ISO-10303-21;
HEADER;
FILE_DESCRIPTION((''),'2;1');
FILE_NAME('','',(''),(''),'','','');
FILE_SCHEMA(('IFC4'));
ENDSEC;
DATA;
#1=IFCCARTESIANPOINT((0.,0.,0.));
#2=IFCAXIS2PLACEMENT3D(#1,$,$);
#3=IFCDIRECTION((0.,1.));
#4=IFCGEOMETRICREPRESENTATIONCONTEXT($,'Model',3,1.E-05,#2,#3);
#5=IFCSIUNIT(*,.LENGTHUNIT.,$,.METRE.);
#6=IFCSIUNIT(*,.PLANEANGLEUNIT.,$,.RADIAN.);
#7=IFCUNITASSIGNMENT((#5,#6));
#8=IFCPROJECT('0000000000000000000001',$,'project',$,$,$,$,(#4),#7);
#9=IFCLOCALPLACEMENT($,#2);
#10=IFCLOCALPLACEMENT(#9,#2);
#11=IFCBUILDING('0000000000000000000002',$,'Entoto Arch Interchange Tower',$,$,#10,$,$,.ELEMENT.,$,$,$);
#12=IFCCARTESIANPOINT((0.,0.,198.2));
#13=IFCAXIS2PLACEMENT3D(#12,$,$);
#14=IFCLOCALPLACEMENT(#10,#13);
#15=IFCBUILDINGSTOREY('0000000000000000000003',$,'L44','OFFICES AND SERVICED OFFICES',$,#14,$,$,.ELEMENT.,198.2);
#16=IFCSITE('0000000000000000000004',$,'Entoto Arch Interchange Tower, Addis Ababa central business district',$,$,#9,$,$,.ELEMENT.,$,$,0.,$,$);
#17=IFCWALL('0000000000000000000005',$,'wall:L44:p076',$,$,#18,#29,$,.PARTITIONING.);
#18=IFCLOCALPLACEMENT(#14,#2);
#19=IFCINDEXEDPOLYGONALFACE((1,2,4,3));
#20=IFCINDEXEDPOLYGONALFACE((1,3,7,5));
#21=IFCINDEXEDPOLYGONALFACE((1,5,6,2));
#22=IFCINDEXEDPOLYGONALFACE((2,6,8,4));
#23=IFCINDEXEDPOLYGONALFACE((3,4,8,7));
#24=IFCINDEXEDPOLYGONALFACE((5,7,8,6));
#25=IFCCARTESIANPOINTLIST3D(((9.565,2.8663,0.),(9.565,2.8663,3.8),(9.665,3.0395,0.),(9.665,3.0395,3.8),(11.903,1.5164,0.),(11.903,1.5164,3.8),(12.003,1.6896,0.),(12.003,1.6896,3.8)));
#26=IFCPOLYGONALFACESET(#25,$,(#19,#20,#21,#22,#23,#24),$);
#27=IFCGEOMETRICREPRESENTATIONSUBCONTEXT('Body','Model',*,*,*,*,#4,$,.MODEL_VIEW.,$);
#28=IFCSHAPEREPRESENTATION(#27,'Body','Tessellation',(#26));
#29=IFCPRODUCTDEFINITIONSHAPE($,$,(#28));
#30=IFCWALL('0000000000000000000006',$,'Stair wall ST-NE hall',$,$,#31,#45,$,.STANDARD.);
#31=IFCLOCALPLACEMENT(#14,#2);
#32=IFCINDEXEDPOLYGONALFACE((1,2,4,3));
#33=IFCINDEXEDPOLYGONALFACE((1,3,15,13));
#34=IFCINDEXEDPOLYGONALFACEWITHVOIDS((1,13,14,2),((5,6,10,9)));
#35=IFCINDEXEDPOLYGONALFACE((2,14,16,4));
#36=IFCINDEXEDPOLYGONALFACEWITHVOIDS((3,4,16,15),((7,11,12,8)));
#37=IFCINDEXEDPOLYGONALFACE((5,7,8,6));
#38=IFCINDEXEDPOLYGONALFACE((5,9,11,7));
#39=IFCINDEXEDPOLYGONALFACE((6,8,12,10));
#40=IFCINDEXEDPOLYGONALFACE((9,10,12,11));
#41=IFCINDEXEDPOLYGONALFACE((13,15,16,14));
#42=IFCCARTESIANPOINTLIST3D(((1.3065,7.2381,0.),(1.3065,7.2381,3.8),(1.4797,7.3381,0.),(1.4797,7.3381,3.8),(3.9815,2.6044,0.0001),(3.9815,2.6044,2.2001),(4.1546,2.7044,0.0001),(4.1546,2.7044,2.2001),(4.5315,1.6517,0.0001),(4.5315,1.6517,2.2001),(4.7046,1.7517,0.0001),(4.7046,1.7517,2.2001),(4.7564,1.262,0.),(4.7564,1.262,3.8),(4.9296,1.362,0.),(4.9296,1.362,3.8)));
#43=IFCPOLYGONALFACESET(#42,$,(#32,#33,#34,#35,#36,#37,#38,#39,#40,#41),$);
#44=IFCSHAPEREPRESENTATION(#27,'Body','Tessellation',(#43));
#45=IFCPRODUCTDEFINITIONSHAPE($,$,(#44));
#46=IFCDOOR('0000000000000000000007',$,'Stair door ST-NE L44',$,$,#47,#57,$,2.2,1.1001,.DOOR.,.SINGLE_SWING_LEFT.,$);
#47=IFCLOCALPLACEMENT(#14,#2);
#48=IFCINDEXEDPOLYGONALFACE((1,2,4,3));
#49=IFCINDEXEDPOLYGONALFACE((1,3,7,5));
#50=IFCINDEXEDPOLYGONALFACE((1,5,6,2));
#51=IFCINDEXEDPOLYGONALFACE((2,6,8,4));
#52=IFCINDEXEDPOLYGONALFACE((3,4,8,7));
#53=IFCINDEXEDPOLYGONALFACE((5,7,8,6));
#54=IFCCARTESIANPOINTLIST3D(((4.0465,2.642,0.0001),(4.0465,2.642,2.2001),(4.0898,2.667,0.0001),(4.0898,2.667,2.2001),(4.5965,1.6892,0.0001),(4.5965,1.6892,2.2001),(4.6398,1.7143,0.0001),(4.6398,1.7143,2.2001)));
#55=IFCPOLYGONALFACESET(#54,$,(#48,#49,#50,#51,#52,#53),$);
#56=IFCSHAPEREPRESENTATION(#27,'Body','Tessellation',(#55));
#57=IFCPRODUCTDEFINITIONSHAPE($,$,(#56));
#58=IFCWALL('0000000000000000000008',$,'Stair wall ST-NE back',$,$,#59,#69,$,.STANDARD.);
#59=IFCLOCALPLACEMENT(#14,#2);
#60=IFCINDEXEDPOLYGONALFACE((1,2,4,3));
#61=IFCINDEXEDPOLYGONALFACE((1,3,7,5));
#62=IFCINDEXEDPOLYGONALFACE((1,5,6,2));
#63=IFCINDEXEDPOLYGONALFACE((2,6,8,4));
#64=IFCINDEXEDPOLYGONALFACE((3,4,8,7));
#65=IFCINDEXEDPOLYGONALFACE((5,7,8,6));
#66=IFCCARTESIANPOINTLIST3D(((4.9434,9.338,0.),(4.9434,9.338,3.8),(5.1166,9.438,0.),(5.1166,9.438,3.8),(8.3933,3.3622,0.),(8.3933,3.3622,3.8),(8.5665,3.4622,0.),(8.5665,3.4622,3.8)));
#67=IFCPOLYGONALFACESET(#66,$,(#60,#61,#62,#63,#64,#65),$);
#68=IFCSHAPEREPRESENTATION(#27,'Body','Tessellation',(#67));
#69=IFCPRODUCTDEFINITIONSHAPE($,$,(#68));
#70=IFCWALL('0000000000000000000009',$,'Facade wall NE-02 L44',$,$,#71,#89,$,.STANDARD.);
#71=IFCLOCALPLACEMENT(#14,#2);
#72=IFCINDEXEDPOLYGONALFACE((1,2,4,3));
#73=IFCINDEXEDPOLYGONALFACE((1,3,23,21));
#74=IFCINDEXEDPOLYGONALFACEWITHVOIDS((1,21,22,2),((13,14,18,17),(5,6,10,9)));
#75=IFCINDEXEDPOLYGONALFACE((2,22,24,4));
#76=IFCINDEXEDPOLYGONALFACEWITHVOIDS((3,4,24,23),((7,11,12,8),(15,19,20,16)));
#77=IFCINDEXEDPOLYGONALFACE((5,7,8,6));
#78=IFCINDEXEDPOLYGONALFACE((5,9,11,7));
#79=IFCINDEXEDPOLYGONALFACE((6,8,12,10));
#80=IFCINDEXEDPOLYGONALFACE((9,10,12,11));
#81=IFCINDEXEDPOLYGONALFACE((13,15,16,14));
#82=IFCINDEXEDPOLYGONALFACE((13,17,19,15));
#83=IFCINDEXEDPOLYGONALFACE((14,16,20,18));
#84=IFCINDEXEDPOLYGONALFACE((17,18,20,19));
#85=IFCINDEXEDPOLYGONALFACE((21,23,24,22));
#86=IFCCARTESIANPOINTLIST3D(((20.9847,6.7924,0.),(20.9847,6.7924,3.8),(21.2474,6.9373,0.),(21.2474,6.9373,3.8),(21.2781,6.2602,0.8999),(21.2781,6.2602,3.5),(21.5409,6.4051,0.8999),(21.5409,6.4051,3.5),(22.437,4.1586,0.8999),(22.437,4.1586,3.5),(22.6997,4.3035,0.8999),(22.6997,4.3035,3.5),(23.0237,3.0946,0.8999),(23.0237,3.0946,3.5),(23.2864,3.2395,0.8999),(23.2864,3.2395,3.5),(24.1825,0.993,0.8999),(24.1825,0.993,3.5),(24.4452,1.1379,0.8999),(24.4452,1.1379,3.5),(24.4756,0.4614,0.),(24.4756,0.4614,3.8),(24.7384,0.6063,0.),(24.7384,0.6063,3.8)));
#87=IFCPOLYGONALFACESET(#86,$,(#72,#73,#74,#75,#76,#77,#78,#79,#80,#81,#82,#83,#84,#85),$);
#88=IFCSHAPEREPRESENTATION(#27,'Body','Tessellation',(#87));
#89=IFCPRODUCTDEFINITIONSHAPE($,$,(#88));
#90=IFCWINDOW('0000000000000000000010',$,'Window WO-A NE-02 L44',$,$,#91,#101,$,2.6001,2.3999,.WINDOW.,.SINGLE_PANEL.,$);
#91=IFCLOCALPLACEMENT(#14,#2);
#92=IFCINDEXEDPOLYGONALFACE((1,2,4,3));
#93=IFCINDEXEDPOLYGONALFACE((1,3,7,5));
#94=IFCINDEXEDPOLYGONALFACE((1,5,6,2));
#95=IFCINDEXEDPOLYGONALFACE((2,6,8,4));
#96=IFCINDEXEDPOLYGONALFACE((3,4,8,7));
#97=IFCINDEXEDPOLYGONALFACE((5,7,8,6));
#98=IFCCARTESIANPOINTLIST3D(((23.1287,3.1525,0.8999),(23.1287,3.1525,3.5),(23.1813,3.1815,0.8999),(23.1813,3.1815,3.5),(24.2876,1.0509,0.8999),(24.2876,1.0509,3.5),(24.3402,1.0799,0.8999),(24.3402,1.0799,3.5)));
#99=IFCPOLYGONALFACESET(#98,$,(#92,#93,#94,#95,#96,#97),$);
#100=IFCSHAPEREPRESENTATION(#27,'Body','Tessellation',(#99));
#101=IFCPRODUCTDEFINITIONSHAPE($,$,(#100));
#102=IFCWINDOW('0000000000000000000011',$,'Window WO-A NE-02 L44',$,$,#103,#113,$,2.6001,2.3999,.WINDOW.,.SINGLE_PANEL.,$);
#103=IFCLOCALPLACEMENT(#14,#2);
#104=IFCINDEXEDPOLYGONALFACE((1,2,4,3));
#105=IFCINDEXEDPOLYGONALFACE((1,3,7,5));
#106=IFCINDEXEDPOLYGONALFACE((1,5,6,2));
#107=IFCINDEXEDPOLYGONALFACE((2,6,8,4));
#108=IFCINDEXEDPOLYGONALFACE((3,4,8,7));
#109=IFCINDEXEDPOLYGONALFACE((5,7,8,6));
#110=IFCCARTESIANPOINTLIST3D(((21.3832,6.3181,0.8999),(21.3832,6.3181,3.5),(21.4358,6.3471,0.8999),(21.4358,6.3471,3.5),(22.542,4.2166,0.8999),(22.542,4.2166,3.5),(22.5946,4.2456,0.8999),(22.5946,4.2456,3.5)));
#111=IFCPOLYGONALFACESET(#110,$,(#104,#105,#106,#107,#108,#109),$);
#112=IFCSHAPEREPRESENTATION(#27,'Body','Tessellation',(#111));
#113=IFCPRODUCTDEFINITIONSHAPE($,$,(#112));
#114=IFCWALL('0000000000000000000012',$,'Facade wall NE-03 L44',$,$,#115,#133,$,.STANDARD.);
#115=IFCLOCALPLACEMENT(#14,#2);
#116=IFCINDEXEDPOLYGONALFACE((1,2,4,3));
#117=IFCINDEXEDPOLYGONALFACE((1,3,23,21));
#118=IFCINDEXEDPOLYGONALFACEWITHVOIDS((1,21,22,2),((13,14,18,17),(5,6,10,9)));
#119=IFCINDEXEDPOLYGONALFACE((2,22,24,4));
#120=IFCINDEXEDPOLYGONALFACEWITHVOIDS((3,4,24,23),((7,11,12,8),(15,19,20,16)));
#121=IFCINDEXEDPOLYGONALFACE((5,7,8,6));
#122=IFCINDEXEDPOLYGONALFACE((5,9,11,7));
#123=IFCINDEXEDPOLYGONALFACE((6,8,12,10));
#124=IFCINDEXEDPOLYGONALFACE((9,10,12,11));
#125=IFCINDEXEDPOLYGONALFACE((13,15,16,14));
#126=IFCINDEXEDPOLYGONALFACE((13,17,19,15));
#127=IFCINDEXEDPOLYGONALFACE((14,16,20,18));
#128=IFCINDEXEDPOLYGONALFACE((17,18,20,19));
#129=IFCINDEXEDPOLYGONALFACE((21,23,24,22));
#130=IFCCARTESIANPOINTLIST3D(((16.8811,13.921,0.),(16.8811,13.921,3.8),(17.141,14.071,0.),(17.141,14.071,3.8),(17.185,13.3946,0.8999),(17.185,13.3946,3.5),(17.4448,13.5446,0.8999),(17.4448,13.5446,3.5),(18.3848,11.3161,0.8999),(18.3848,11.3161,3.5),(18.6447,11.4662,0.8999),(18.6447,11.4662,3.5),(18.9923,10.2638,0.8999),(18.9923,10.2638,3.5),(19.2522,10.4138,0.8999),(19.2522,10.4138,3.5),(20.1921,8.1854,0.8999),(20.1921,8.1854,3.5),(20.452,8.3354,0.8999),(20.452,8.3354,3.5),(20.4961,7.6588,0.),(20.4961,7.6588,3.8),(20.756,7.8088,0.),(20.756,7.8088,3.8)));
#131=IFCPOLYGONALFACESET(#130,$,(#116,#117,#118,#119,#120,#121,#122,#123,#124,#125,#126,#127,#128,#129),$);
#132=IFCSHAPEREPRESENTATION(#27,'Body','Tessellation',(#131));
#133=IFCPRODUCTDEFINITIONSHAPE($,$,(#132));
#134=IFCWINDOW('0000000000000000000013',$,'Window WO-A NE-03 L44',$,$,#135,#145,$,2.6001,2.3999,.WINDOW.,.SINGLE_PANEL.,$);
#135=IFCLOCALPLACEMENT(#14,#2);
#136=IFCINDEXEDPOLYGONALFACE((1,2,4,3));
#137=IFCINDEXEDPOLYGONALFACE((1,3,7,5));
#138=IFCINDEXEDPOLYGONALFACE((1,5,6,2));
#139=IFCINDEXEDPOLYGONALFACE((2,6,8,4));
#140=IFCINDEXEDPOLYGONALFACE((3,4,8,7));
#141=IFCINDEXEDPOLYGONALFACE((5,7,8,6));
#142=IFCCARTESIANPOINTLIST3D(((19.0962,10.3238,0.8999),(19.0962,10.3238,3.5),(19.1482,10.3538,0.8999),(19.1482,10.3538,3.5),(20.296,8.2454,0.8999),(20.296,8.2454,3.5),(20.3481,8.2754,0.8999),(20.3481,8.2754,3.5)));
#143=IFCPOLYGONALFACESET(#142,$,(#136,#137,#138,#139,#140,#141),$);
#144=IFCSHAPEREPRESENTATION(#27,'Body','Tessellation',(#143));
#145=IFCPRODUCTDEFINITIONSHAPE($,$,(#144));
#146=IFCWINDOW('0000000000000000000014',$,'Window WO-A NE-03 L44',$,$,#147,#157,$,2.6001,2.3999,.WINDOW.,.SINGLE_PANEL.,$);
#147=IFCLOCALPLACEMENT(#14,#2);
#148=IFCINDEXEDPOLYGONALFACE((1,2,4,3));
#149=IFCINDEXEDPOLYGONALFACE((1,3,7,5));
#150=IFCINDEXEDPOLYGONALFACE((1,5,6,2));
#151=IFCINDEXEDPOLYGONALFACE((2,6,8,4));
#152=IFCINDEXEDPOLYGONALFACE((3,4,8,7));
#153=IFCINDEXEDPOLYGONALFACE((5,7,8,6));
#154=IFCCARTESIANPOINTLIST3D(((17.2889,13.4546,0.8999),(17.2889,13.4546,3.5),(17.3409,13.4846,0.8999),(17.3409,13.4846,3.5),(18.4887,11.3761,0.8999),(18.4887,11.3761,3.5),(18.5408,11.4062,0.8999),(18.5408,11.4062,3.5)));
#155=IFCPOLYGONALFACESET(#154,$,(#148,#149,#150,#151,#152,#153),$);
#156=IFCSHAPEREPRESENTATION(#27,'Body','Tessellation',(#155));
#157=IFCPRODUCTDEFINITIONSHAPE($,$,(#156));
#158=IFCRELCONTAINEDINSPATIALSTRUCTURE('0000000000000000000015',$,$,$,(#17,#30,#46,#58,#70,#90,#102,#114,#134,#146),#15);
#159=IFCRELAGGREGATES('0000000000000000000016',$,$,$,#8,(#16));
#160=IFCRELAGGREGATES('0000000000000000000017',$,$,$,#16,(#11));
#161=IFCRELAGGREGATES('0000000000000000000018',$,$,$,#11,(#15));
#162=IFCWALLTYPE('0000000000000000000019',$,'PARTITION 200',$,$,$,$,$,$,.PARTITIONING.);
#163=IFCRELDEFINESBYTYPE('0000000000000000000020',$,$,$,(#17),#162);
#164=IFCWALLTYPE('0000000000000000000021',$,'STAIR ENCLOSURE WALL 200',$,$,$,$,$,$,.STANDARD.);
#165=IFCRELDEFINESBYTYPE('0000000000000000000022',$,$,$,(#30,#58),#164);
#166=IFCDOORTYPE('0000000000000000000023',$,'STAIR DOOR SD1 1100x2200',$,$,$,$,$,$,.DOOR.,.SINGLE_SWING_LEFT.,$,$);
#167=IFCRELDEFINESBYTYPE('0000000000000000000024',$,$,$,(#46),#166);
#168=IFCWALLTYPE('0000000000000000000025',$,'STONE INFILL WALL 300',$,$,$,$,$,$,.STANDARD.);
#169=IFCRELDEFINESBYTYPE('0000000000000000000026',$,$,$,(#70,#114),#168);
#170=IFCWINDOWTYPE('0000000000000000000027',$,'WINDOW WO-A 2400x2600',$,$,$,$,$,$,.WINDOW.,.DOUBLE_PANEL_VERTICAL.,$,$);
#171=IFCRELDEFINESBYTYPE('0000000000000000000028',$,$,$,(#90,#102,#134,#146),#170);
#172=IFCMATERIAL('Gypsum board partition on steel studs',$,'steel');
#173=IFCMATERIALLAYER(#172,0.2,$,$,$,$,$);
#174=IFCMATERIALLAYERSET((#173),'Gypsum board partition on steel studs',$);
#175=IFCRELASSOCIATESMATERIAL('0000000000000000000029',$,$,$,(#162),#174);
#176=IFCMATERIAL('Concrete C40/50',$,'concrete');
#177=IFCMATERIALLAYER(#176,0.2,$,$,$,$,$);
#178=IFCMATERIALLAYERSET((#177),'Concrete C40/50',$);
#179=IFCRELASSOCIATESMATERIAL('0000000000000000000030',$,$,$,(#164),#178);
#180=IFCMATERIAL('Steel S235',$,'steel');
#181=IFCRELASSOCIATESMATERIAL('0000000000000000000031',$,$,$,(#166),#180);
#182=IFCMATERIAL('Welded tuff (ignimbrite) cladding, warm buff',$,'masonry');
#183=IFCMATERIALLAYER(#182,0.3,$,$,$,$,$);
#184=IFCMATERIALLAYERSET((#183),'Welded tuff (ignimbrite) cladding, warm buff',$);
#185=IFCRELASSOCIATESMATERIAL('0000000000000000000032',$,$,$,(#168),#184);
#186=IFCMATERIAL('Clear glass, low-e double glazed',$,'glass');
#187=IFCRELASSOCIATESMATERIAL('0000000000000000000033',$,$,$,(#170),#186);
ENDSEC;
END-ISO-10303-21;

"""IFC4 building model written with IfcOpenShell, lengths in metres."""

from ifc_helpers import new_model, si_unit, direction, frame, frame_2d, origin, place, context, subcontext, project, spatial, rectangle, extrude, material, layer, layer_set, type_object, element, fill, save


model = new_model("IFC4")

# Units and contexts
model_context = context("Model", 3, precision=1e-05, world=origin(), true_north=direction((0.0, 1.0)))
body_context = subcontext(model_context, "Body", "Model", "MODEL_VIEW")
ifc_project = project(units=[si_unit("LENGTHUNIT", "METRE"), si_unit("PLANEANGLEUNIT", "RADIAN")], contexts=[model_context])

# Site, building, storey
site_placement = place(None, origin())
site = spatial("IfcSite", under=ifc_project, at=site_placement, Name="Entoto Arch Interchange Tower, Addis Ababa central business district", CompositionType="ELEMENT", RefElevation=0.0)
building_placement = place(site_placement, origin())
building = spatial("IfcBuilding", under=site, at=building_placement, Name="Entoto Arch Interchange Tower", CompositionType="ELEMENT")
storey_placement = place(building_placement, frame((0.0, 0.0, 198.2)))
storey = spatial("IfcBuildingStorey", under=building, at=storey_placement, Name="L44", Description="OFFICES AND SERVICED OFFICES", CompositionType="ELEMENT", Elevation=198.2)

# Shared definitions
ifc_material_1 = material(Name="Concrete C40/50", Category="concrete")
ifc_material_2 = material(Name="Gypsum board partition on steel studs", Category="steel")

# Shared definitions
ifc_layer_1 = layer(ifc_material_2, 0.2)
ifc_layer_set_1 = layer_set([ifc_layer_1], Name="Gypsum board partition on steel studs")
wall_type_1 = type_object("IfcWallType", Name="PARTITION 200", PredefinedType="PARTITIONING", material=ifc_layer_set_1)

# Wall
wall_1_placement = place(storey_placement, frame((9.615, 2.9529, 0.0), z_axis=(0.0, 0.0, 1.0), x_axis=(0.866014, -0.50002, 0.0)))
element("IfcWall", 1, at=wall_1_placement, inside=storey, type_object=wall_type_1, Name="wall:L44:p076", PredefinedType="PARTITIONING", context=body_context, shape_type="SweptSolid", body=[
    extrude(rectangle(XDim=2.6997, YDim=0.2, at=frame_2d((1.3499, 0.0))), origin(), (0.0, 0.0, 1.0), 3.8),
])

# Wall, opening, door
ifc_layer_2 = layer(ifc_material_1, 0.2)
ifc_layer_set_2 = layer_set([ifc_layer_2], Name="Concrete C40/50")
wall_type_2 = type_object("IfcWallType", Name="STAIR ENCLOSURE WALL 200", PredefinedType="STANDARD", material=ifc_layer_set_2)
wall_2_placement = place(storey_placement, frame((4.843, 1.312, 0.0), z_axis=(0.0, 0.0, 1.0), x_axis=(-0.499963, 0.866047, 0.0)))
wall_2 = element("IfcWall", 2, at=wall_2_placement, inside=storey, type_object=wall_type_2, Name="Stair wall ST-NE hall", PredefinedType="STANDARD", context=body_context, shape_type="SweptSolid", body=[
    extrude(rectangle(XDim=6.9004, YDim=0.2, at=frame_2d((3.4502, 0.0))), origin(), (0.0, 0.0, 1.0), 3.8),
])
opening_1_placement = place(wall_2_placement, frame((0.45, 0.0, 0.0)))
opening_1 = element("IfcOpeningElement", 3, at=opening_1_placement, cuts=wall_2, PredefinedType="OPENING", context=body_context, shape_type="SweptSolid", body=[
    extrude(rectangle(XDim=1.1001, YDim=2.2, at=frame_2d((0.55, 1.1001))), frame((0.0, 0.1099, 0.0), z_axis=(0.0, -1.0, 0.0), x_axis=(1.0, 0.0, 0.0)), (0.0, 0.0, 1.0), 0.22),
])
ifc_material_3 = material(Name="Steel S235", Category="steel")
door_type_1 = type_object("IfcDoorType", Name="STAIR DOOR SD1 1100x2200", OperationType="SINGLE_SWING_LEFT", PredefinedType="DOOR", material=ifc_material_3)
door_1_placement = place(opening_1_placement, origin())
door_1 = element("IfcDoor", 4, at=door_1_placement, inside=storey, type_object=door_type_1, Name="Stair door ST-NE L44", OperationType="SINGLE_SWING_LEFT", OverallHeight=2.2, OverallWidth=1.1001, PredefinedType="DOOR", context=body_context, shape_type="SweptSolid", body=[
    extrude(rectangle(XDim=1.1001, YDim=2.2, at=frame_2d((0.55, 1.1001))), frame((0.0, 0.0249, 0.0), z_axis=(0.0, -1.0, 0.0), x_axis=(1.0, 0.0, 0.0)), (0.0, 0.0, 1.0), 0.05),
])
fill(opening_1, door_1)

# Wall
wall_3_placement = place(storey_placement, frame((8.48, 3.4121, 0.0), z_axis=(0.0, 0.0, 1.0), x_axis=(-0.499979, 0.866038, 0.0)))
element("IfcWall", 5, at=wall_3_placement, inside=storey, type_object=wall_type_2, Name="Stair wall ST-NE back", PredefinedType="STANDARD", context=body_context, shape_type="SweptSolid", body=[
    extrude(rectangle(XDim=6.9001, YDim=0.2, at=frame_2d((3.4502, 0.0))), origin(), (0.0, 0.0, 1.0), 3.8),
])

# Walls, openings, windows
ifc_material_4 = material(Name="Welded tuff (ignimbrite) cladding, warm buff", Category="masonry")
ifc_layer_3 = layer(ifc_material_4, 0.3)
ifc_layer_set_3 = layer_set([ifc_layer_3], Name="Welded tuff (ignimbrite) cladding, warm buff")
wall_type_3 = type_object("IfcWallType", Name="STONE INFILL WALL 300", PredefinedType="STANDARD", material=ifc_layer_set_3)
wall_4_placement = place(storey_placement, frame((24.6069, 0.5339, 0.0), z_axis=(0.0, 0.0, 1.0), x_axis=(-0.482862, 0.875696, 0.0)))
wall_4 = element("IfcWall", 6, at=wall_4_placement, inside=storey, type_object=wall_type_3, Name="Facade wall NE-02 L44", PredefinedType="STANDARD", context=body_context, shape_type="SweptSolid", body=[
    extrude(rectangle(XDim=7.2297, YDim=0.3, at=frame_2d((3.6147, 0.0))), origin(), (0.0, 0.0, 1.0), 3.8),
])
opening_2_placement = place(wall_4_placement, frame((0.6069, 0.0, 0.8999)))
opening_2 = element("IfcOpeningElement", 7, at=opening_2_placement, cuts=wall_4, PredefinedType="OPENING", context=body_context, shape_type="SweptSolid", body=[
    extrude(rectangle(XDim=2.3999, YDim=2.6001, at=frame_2d((1.2, 1.3))), frame((0.0, 0.1602, 0.0), z_axis=(0.0, -1.0, 0.0), x_axis=(1.0, 0.0, 0.0)), (0.0, 0.0, 1.0), 0.3201),
])
opening_3_placement = place(wall_4_placement, frame((4.2219, 0.0, 0.8999)))
opening_3 = element("IfcOpeningElement", 8, at=opening_3_placement, cuts=wall_4, PredefinedType="OPENING", context=body_context, shape_type="SweptSolid", body=[
    extrude(rectangle(XDim=2.3999, YDim=2.6001, at=frame_2d((1.2, 1.3))), frame((0.0, 0.1602, 0.0), z_axis=(0.0, -1.0, 0.0), x_axis=(1.0, 0.0, 0.0)), (0.0, 0.0, 1.0), 0.3201),
])
ifc_material_5 = material(Name="Clear glass, low-e double glazed", Category="glass")
window_type = type_object("IfcWindowType", Name="WINDOW WO-A 2400x2600", PartitioningType="DOUBLE_PANEL_VERTICAL", PredefinedType="WINDOW", material=ifc_material_5)
window_1_placement = place(opening_2_placement, origin())
window_1 = element("IfcWindow", 9, at=window_1_placement, inside=storey, type_object=window_type, Name="Window WO-A NE-02 L44", OverallHeight=2.6001, OverallWidth=2.3999, PartitioningType="SINGLE_PANEL", PredefinedType="WINDOW", context=body_context, shape_type="SweptSolid", body=[
    extrude(rectangle(XDim=2.3999, YDim=2.6001, at=frame_2d((1.2, 1.3))), frame((0.0, 0.03, 0.0), z_axis=(0.0, -1.0, 0.0), x_axis=(1.0, 0.0, 0.0)), (0.0, 0.0, 1.0), 0.0601),
])
fill(opening_2, window_1)
window_2_placement = place(opening_3_placement, origin())
window_2 = element("IfcWindow", 10, at=window_2_placement, inside=storey, type_object=window_type, Name="Window WO-A NE-02 L44", OverallHeight=2.6001, OverallWidth=2.3999, PartitioningType="SINGLE_PANEL", PredefinedType="WINDOW", context=body_context, shape_type="SweptSolid", body=[
    extrude(rectangle(XDim=2.3999, YDim=2.6001, at=frame_2d((1.2, 1.3))), frame((0.0, 0.03, 0.0), z_axis=(0.0, -1.0, 0.0), x_axis=(1.0, 0.0, 0.0)), (0.0, 0.0, 1.0), 0.0601),
])
fill(opening_3, window_2)
wall_5_placement = place(storey_placement, frame((20.626, 7.7339, 0.0), z_axis=(0.0, 0.0, 1.0), x_axis=(-0.499948, 0.866055, 0.0)))
wall_5 = element("IfcWall", 11, at=wall_5_placement, inside=storey, type_object=wall_type_3, Name="Facade wall NE-03 L44", PredefinedType="STANDARD", context=body_context, shape_type="SweptSolid", body=[
    extrude(rectangle(XDim=7.2307, YDim=0.3, at=frame_2d((3.6152, 0.0))), origin(), (0.0, 0.0, 1.0), 3.8),
])
opening_4_placement = place(wall_5_placement, frame((0.6079, 0.0, 0.8999)))
opening_4 = element("IfcOpeningElement", 12, at=opening_4_placement, cuts=wall_5, PredefinedType="OPENING", context=body_context, shape_type="SweptSolid", body=[
    extrude(rectangle(XDim=2.3999, YDim=2.6001, at=frame_2d((1.2, 1.3))), frame((0.0, 0.1602, 0.0), z_axis=(0.0, -1.0, 0.0), x_axis=(1.0, 0.0, 0.0)), (0.0, 0.0, 1.0), 0.3201),
])
opening_5_placement = place(wall_5_placement, frame((4.2229, 0.0, 0.8999)))
opening_5 = element("IfcOpeningElement", 13, at=opening_5_placement, cuts=wall_5, PredefinedType="OPENING", context=body_context, shape_type="SweptSolid", body=[
    extrude(rectangle(XDim=2.3999, YDim=2.6001, at=frame_2d((1.2, 1.3))), frame((0.0, 0.1602, 0.0), z_axis=(0.0, -1.0, 0.0), x_axis=(1.0, 0.0, 0.0)), (0.0, 0.0, 1.0), 0.3201),
])
window_3_placement = place(opening_4_placement, origin())
window_3 = element("IfcWindow", 14, at=window_3_placement, inside=storey, type_object=window_type, Name="Window WO-A NE-03 L44", OverallHeight=2.6001, OverallWidth=2.3999, PartitioningType="SINGLE_PANEL", PredefinedType="WINDOW", context=body_context, shape_type="SweptSolid", body=[
    extrude(rectangle(XDim=2.3999, YDim=2.6001, at=frame_2d((1.2, 1.3))), frame((0.0, 0.03, 0.0), z_axis=(0.0, -1.0, 0.0), x_axis=(1.0, 0.0, 0.0)), (0.0, 0.0, 1.0), 0.0601),
])
fill(opening_4, window_3)
window_4_placement = place(opening_5_placement, origin())
window_4 = element("IfcWindow", 15, at=window_4_placement, inside=storey, type_object=window_type, Name="Window WO-A NE-03 L44", OverallHeight=2.6001, OverallWidth=2.3999, PartitioningType="SINGLE_PANEL", PredefinedType="WINDOW", context=body_context, shape_type="SweptSolid", body=[
    extrude(rectangle(XDim=2.3999, YDim=2.6001, at=frame_2d((1.2, 1.3))), frame((0.0, 0.03, 0.0), z_axis=(0.0, -1.0, 0.0), x_axis=(1.0, 0.0, 0.0)), (0.0, 0.0, 1.0), 0.0601),
])
fill(opening_5, window_4)

save(model, "model.ifc")
